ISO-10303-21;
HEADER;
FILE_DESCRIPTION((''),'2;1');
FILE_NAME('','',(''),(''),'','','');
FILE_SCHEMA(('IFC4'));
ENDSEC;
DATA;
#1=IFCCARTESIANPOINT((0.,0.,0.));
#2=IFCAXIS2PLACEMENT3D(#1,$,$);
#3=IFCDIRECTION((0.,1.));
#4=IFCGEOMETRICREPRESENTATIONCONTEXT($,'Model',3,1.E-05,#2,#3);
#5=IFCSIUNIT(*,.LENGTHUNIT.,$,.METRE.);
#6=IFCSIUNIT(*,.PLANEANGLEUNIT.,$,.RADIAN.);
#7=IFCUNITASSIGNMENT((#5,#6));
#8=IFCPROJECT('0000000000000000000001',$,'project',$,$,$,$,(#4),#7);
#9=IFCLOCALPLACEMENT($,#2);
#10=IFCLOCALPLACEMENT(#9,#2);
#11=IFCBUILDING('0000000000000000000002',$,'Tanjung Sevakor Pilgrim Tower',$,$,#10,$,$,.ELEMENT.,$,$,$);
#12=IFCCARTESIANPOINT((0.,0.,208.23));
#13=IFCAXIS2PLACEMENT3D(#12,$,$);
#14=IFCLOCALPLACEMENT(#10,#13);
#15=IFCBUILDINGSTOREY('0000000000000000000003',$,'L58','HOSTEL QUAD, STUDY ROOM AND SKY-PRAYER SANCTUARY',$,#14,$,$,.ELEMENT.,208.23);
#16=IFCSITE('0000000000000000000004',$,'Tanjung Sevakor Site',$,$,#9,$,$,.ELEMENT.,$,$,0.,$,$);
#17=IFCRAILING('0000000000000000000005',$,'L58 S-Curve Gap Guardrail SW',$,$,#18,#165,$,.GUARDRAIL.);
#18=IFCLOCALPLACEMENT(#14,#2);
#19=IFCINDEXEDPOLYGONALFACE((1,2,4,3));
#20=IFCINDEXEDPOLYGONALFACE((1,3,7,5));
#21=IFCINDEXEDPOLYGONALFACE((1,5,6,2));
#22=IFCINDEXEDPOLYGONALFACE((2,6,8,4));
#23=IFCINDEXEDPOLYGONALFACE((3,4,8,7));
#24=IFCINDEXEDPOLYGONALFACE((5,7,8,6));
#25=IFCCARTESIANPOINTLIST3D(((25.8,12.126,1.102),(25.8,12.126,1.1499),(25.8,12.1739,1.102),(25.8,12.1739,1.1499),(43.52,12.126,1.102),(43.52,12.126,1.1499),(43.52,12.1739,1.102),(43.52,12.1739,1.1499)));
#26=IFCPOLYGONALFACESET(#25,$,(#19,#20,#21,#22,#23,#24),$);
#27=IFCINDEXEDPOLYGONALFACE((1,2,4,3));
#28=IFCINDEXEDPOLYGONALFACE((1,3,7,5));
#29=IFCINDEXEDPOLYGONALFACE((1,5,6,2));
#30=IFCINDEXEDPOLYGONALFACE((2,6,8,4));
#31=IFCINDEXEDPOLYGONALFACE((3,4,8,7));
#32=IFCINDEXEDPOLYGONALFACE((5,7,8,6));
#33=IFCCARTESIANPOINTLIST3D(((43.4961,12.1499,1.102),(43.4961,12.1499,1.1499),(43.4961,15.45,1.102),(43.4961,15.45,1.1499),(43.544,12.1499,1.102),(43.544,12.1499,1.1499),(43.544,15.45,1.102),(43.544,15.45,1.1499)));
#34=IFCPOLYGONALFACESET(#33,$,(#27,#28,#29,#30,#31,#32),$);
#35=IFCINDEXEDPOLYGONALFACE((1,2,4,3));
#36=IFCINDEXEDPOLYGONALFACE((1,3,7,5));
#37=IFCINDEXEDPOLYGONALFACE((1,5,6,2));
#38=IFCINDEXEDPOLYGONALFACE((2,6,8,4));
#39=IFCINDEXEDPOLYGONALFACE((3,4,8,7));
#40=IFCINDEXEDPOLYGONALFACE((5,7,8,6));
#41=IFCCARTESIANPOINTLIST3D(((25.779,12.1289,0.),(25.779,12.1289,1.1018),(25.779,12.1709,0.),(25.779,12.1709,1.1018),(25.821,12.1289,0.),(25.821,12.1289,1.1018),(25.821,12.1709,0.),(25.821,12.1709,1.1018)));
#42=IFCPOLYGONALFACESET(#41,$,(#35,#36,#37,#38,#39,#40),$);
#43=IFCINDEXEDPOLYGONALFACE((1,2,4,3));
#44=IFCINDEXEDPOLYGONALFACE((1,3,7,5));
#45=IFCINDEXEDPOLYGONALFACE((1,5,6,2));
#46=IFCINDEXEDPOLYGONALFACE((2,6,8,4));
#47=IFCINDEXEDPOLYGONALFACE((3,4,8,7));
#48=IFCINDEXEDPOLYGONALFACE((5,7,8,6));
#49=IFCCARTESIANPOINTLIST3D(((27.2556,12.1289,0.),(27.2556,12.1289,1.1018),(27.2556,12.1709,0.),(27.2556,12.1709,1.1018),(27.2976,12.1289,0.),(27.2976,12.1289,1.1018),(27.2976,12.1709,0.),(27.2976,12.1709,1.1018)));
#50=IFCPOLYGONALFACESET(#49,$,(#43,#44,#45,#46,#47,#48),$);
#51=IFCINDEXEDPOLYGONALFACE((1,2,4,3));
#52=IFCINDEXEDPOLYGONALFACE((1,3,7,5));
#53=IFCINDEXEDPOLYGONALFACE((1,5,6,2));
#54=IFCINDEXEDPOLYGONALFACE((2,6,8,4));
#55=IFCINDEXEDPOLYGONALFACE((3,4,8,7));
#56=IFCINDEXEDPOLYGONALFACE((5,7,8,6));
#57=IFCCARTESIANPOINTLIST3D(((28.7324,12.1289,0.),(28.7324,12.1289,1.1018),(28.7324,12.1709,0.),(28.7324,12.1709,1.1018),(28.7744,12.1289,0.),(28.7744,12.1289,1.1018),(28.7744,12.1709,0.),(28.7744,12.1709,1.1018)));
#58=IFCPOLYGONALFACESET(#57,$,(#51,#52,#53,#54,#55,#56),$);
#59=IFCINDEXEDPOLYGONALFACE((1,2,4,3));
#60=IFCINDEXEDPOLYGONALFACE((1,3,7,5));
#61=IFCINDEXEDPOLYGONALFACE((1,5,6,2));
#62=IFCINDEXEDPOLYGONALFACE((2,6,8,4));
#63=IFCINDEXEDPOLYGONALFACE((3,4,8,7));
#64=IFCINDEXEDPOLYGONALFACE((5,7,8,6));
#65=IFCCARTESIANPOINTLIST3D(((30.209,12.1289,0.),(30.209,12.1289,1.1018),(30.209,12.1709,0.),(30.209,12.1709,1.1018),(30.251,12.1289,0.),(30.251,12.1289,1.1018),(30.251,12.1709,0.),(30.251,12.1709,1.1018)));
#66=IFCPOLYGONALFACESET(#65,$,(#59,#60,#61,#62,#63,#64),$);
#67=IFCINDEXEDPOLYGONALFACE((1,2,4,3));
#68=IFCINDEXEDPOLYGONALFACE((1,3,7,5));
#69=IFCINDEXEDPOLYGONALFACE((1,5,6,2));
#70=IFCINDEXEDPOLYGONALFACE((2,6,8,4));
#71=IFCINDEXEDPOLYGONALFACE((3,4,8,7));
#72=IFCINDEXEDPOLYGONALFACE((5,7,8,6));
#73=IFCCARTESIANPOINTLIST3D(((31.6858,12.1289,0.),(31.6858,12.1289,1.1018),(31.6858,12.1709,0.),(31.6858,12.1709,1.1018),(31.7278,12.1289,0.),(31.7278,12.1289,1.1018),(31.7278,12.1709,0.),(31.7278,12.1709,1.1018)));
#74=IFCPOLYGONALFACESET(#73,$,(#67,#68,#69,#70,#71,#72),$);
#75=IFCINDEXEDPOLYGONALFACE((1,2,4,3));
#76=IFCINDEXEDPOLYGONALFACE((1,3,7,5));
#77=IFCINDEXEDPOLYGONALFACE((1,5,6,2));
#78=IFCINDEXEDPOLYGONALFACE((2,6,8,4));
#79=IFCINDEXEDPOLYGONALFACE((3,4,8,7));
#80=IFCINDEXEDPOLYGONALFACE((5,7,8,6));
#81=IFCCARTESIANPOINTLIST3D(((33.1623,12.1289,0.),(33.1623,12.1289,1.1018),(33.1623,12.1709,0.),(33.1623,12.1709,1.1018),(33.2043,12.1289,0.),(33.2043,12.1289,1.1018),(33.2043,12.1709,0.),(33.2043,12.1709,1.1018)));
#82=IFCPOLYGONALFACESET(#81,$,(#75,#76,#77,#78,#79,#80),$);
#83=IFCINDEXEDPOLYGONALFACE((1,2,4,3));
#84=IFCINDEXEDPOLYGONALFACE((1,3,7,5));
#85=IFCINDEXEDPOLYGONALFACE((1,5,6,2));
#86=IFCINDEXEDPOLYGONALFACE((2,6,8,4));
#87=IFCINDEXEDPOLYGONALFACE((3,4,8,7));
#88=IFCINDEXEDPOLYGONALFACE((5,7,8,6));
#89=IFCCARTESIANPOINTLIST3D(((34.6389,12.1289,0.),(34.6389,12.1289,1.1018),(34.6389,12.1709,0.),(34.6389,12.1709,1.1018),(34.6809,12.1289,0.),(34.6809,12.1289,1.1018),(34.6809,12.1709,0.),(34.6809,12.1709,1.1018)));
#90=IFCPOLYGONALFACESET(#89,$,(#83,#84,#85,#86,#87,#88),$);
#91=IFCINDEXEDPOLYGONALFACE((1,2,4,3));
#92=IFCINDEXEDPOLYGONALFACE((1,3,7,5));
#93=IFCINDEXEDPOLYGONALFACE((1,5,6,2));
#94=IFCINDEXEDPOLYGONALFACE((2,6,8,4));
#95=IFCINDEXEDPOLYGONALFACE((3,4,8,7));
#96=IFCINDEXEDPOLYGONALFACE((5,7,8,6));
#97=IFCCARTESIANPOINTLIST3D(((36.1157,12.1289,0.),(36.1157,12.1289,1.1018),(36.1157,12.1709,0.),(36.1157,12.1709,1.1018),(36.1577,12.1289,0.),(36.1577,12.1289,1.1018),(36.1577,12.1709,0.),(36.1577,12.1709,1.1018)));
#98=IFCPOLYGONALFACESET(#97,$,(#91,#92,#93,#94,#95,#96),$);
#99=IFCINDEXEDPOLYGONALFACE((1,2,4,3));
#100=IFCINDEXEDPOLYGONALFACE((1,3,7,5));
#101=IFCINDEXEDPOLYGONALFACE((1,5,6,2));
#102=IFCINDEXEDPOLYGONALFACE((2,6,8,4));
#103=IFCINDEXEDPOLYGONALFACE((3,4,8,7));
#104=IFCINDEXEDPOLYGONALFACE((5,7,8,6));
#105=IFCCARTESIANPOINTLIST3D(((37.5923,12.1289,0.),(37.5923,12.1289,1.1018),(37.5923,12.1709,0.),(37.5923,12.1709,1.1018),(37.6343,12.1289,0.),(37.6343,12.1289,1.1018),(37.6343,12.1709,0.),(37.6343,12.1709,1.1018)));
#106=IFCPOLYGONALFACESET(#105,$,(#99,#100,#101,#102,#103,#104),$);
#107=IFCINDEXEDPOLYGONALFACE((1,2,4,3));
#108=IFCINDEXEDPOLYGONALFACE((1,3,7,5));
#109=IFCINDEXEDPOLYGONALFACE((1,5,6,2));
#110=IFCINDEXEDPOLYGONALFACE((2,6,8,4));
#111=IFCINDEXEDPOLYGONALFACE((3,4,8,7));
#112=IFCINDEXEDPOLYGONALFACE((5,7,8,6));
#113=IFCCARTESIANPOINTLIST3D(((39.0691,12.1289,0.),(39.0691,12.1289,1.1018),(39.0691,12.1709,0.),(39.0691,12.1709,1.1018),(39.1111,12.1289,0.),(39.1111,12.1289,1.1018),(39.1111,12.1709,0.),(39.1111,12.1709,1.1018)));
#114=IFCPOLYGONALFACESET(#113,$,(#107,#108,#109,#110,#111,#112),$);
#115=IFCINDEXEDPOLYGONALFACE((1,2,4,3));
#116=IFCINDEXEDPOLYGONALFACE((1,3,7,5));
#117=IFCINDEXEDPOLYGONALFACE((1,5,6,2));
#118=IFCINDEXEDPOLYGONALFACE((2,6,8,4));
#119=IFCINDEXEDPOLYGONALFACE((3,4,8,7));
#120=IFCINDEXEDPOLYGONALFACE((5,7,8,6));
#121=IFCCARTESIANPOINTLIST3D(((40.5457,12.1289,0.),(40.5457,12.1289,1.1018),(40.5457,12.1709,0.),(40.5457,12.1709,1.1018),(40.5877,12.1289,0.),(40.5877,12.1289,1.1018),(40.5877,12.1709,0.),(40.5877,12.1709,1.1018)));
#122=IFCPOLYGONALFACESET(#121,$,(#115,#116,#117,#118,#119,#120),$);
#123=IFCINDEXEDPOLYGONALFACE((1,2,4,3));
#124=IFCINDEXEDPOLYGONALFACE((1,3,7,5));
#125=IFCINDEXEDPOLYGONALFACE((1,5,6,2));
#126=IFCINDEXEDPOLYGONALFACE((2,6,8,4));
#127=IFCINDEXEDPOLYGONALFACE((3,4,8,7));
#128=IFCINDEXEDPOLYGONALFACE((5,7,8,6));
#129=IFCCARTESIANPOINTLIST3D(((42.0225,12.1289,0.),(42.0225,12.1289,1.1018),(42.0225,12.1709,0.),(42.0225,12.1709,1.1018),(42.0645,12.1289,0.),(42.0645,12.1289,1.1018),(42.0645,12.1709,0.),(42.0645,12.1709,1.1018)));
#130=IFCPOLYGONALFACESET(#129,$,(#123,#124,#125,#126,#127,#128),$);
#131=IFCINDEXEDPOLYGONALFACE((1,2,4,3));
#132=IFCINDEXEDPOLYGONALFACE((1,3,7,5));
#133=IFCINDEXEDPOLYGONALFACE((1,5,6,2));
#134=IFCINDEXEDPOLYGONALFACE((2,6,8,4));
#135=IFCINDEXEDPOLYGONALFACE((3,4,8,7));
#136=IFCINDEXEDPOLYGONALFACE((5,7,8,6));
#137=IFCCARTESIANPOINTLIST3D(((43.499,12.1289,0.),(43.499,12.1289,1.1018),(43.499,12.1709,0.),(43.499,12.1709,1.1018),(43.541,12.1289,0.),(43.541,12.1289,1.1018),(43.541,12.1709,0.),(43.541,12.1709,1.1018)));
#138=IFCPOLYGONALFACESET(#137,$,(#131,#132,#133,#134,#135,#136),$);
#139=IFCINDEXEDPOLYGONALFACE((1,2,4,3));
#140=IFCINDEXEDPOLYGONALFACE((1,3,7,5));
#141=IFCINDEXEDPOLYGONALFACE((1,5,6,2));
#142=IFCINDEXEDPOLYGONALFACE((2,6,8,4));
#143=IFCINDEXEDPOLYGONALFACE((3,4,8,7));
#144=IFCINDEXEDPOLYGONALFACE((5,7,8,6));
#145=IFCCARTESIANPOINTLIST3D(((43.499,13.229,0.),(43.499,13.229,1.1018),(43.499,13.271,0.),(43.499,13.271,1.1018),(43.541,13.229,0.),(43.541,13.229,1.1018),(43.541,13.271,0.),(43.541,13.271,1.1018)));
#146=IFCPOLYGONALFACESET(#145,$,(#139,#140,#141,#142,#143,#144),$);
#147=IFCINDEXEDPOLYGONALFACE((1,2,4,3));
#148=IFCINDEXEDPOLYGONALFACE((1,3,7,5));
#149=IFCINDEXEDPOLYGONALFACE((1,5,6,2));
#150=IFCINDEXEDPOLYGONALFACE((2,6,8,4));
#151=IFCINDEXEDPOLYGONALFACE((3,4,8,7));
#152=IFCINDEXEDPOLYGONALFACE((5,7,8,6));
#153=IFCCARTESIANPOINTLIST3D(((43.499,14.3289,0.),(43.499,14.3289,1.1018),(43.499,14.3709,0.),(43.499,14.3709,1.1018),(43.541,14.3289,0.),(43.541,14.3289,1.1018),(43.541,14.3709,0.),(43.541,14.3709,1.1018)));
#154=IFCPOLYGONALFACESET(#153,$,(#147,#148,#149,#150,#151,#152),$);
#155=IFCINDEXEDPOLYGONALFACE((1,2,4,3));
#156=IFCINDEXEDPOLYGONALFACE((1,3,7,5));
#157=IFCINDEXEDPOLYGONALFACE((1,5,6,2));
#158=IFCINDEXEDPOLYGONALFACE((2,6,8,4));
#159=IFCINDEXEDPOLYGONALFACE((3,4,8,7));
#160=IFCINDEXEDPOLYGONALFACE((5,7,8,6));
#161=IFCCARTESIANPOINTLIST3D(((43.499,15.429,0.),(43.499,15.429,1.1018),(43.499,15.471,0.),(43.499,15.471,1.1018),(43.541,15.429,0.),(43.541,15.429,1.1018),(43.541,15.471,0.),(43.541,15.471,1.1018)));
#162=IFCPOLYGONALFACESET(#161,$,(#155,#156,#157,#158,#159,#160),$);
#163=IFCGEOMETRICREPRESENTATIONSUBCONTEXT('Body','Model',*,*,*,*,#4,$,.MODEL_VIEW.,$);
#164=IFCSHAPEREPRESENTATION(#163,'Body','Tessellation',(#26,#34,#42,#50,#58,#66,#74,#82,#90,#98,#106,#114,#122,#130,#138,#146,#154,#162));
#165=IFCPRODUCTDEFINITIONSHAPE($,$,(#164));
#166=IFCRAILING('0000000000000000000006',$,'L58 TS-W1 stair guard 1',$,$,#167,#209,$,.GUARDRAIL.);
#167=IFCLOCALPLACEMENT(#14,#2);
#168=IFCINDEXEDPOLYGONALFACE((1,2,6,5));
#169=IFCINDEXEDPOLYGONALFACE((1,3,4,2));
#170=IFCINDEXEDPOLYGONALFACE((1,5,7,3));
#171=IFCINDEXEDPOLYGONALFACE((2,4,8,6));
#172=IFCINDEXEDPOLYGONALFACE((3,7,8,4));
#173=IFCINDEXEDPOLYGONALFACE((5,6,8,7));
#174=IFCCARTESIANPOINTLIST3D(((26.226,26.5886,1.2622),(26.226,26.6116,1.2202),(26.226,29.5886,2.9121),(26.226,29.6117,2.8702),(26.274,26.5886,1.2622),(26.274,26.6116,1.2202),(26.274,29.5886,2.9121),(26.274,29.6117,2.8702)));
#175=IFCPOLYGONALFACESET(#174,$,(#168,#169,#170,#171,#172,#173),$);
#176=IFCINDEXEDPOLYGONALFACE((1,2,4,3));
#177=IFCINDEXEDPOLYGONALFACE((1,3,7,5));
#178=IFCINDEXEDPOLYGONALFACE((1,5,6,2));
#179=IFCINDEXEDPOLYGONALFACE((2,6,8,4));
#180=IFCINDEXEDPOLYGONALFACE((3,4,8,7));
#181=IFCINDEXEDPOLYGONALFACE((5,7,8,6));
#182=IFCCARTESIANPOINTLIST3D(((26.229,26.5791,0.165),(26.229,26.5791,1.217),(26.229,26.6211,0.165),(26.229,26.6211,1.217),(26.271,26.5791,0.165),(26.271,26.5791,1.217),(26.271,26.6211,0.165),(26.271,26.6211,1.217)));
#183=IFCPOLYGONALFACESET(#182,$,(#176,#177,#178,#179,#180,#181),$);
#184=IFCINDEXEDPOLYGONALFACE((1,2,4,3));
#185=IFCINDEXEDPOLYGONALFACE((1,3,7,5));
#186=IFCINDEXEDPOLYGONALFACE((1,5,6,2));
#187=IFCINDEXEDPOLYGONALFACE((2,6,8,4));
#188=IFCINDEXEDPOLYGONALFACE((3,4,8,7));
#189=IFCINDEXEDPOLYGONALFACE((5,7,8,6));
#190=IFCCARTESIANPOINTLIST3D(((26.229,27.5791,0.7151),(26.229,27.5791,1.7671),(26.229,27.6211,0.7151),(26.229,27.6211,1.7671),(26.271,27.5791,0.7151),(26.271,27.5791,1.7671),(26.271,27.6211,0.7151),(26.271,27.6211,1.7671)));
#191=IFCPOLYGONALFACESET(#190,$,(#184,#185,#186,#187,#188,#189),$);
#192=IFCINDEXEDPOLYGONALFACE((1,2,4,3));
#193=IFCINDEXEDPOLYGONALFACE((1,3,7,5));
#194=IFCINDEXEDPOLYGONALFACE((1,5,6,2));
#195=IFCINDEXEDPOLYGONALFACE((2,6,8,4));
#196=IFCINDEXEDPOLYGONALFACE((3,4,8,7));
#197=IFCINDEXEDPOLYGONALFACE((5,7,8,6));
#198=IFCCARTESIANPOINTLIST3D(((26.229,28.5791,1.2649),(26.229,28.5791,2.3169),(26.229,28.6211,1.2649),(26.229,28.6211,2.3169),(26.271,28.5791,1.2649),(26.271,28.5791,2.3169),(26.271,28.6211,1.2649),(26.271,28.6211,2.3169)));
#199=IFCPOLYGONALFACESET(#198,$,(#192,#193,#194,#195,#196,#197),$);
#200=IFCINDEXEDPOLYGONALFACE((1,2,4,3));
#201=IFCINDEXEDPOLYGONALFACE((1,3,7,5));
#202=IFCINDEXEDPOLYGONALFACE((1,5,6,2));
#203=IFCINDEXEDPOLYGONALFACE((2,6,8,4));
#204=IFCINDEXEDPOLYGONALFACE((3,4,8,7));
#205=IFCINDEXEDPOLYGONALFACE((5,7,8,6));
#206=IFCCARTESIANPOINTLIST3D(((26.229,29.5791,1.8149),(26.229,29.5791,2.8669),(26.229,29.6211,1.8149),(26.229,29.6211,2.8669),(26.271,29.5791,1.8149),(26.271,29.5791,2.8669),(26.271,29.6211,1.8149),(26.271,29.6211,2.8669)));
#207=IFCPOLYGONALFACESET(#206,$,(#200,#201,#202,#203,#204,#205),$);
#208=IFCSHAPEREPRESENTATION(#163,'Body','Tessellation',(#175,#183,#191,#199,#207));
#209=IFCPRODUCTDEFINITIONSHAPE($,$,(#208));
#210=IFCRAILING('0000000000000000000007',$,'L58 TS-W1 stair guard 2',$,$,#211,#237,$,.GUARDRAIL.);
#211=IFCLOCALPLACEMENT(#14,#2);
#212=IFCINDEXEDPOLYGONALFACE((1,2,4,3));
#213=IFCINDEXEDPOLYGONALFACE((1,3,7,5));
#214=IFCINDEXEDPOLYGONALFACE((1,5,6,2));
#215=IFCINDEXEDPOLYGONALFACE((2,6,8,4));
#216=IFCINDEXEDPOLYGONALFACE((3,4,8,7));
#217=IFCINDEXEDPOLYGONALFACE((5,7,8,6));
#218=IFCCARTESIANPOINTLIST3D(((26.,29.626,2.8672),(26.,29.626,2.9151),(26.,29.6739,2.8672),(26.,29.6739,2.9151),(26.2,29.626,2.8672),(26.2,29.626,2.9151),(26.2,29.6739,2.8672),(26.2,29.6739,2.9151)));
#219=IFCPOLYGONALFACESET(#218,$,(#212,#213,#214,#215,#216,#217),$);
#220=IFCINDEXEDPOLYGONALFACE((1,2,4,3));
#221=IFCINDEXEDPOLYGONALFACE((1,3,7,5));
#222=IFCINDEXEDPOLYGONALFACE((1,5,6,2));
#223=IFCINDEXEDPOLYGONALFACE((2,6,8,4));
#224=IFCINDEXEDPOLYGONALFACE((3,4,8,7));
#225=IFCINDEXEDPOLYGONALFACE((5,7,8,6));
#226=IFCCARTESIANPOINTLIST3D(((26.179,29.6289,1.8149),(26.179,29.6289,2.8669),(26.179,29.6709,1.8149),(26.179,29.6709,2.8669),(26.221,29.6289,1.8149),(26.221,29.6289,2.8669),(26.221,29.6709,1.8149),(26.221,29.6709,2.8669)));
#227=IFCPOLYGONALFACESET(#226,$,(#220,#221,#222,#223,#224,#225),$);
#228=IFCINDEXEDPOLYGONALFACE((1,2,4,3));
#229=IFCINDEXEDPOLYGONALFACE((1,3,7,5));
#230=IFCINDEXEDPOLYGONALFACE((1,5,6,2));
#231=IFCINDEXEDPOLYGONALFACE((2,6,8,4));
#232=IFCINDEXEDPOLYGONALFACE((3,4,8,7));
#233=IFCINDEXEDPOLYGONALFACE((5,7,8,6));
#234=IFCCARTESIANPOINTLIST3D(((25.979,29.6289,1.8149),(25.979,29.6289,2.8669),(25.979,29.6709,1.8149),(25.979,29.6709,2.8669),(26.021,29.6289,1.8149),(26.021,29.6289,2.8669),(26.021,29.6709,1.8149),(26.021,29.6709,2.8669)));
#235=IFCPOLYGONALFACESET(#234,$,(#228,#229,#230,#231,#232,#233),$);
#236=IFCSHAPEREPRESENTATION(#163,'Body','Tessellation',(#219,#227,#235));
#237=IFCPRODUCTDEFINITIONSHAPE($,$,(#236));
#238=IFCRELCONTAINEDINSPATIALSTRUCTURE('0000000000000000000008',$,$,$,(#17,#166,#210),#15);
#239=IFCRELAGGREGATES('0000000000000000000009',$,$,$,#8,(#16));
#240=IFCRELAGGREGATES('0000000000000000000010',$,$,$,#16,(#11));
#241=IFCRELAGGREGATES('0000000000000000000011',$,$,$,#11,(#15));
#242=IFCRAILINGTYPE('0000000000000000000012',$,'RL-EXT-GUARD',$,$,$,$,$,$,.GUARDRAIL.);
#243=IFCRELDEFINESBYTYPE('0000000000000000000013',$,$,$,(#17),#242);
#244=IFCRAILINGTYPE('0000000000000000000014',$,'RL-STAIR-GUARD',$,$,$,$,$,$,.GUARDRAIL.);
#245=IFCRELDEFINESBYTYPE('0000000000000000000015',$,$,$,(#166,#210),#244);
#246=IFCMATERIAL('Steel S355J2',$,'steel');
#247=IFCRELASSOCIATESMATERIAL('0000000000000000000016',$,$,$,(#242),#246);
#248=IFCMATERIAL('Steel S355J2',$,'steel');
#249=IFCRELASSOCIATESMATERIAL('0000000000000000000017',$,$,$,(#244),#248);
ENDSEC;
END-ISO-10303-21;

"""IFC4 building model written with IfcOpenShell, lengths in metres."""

from ifc_helpers import new_model, si_unit, direction, frame, origin, place, context, subcontext, project, spatial, rectangle, extrude, material, type_object, element, save


model = new_model("IFC4")

# Units and contexts
model_context = context("Model", 3, precision=1e-05, world=origin(), true_north=direction((0.0, 1.0)))
body_context = subcontext(model_context, "Body", "Model", "MODEL_VIEW")
ifc_project = project(units=[si_unit("LENGTHUNIT", "METRE"), si_unit("PLANEANGLEUNIT", "RADIAN")], contexts=[model_context])

# Site, building, storey
site_placement = place(None, origin())
site = spatial("IfcSite", under=ifc_project, at=site_placement, Name="Tanjung Sevakor Site", CompositionType="ELEMENT", RefElevation=0.0)
building_placement = place(site_placement, origin())
building = spatial("IfcBuilding", under=site, at=building_placement, Name="Tanjung Sevakor Pilgrim Tower", CompositionType="ELEMENT")
storey_placement = place(building_placement, frame((0.0, 0.0, 208.23)))
storey = spatial("IfcBuildingStorey", under=building, at=storey_placement, Name="L58", Description="HOSTEL QUAD, STUDY ROOM AND SKY-PRAYER SANCTUARY", CompositionType="ELEMENT", Elevation=208.23)

# Railings
ifc_material_1 = material(Name="Steel S355J2", Category="steel")
railing_type_1 = type_object("IfcRailingType", Name="RL-EXT-GUARD", PredefinedType="GUARDRAIL", material=ifc_material_1)
railing_1_placement = place(storey_placement, frame((25.8, 12.1499, 0.0)))
element("IfcRailing", 1, at=railing_1_placement, inside=storey, type_object=railing_type_1, Name="L58 S-Curve Gap Guardrail SW", PredefinedType="GUARDRAIL", context=body_context, shape_type="SweptSolid", body=[
    extrude(rectangle(XDim=0.0479, YDim=0.0479), frame((0.0, 0.0, 1.126), z_axis=(1.0, 0.0, 0.0), x_axis=(0.0, 1.0, 0.0)), (0.0, 0.0, 1.0), 17.72),
    extrude(rectangle(XDim=0.0479, YDim=0.0479), frame((17.72, 0.0, 1.126), z_axis=(0.0, 1.0, 0.0), x_axis=(-1.0, 0.0, 0.0)), (0.0, 0.0, 1.0), 3.3),
    extrude(rectangle(XDim=0.042, YDim=0.042), origin(), (0.0, 0.0, 1.0), 1.1018),
    extrude(rectangle(XDim=0.042, YDim=0.042), frame((1.4766, 0.0, 0.0)), (0.0, 0.0, 1.0), 1.1018),
    extrude(rectangle(XDim=0.042, YDim=0.042), frame((2.9534, 0.0, 0.0)), (0.0, 0.0, 1.0), 1.1018),
    extrude(rectangle(XDim=0.042, YDim=0.042), frame((4.4299, 0.0, 0.0)), (0.0, 0.0, 1.0), 1.1018),
    extrude(rectangle(XDim=0.042, YDim=0.042), frame((5.9067, 0.0, 0.0)), (0.0, 0.0, 1.0), 1.1018),
    extrude(rectangle(XDim=0.042, YDim=0.042), frame((7.3833, 0.0, 0.0)), (0.0, 0.0, 1.0), 1.1018),
    extrude(rectangle(XDim=0.042, YDim=0.042), frame((8.8599, 0.0, 0.0)), (0.0, 0.0, 1.0), 1.1018),
    extrude(rectangle(XDim=0.042, YDim=0.042), frame((10.3367, 0.0, 0.0)), (0.0, 0.0, 1.0), 1.1018),
    extrude(rectangle(XDim=0.042, YDim=0.042), frame((11.8132, 0.0, 0.0)), (0.0, 0.0, 1.0), 1.1018),
    extrude(rectangle(XDim=0.042, YDim=0.042), frame((13.29, 0.0, 0.0)), (0.0, 0.0, 1.0), 1.1018),
    extrude(rectangle(XDim=0.042, YDim=0.042), frame((14.7666, 0.0, 0.0)), (0.0, 0.0, 1.0), 1.1018),
    extrude(rectangle(XDim=0.042, YDim=0.042), frame((16.2434, 0.0, 0.0)), (0.0, 0.0, 1.0), 1.1018),
    extrude(rectangle(XDim=0.042, YDim=0.042), frame((17.72, 0.0, 0.0)), (0.0, 0.0, 1.0), 1.1018),
    extrude(rectangle(XDim=0.042, YDim=0.042), frame((17.72, 1.1001, 0.0)), (0.0, 0.0, 1.0), 1.1018),
    extrude(rectangle(XDim=0.042, YDim=0.042), frame((17.72, 2.2, 0.0)), (0.0, 0.0, 1.0), 1.1018),
    extrude(rectangle(XDim=0.042, YDim=0.042), frame((17.72, 3.3, 0.0)), (0.0, 0.0, 1.0), 1.1018),
])
ifc_material_2 = material(Name="Steel S355J2", Category="steel")
railing_type_2 = type_object("IfcRailingType", Name="RL-STAIR-GUARD", PredefinedType="GUARDRAIL", material=ifc_material_2)
railing_2_placement = place(storey_placement, frame((26.25, 26.6001, 0.165)))
element("IfcRailing", 2, at=railing_2_placement, inside=storey, type_object=railing_type_2, Name="L58 TS-W1 stair guard 1", PredefinedType="GUARDRAIL", context=body_context, shape_type="SweptSolid", body=[
    extrude(rectangle(XDim=0.0479, YDim=0.0479), frame((0.0, 0.0, 1.0762), z_axis=(0.0, 0.876228, 0.481897), x_axis=(-1.0, 0.0, 0.0)), (0.0, 0.0, 1.0), 3.4238),
    extrude(rectangle(XDim=0.042, YDim=0.042), origin(), (0.0, 0.0, 1.0), 1.052),
    extrude(rectangle(XDim=0.042, YDim=0.042), frame((0.0, 1.0, 0.55)), (0.0, 0.0, 1.0), 1.052),
    extrude(rectangle(XDim=0.042, YDim=0.042), frame((0.0, 2.0, 1.0999)), (0.0, 0.0, 1.0), 1.052),
    extrude(rectangle(XDim=0.042, YDim=0.042), frame((0.0, 3.0, 1.6499)), (0.0, 0.0, 1.0), 1.052),
])
railing_3_placement = place(storey_placement, frame((26.2, 29.6499, 1.8149)))
element("IfcRailing", 3, at=railing_3_placement, inside=storey, type_object=railing_type_2, Name="L58 TS-W1 stair guard 2", PredefinedType="GUARDRAIL", context=body_context, shape_type="SweptSolid", body=[
    extrude(rectangle(XDim=0.0479, YDim=0.0479), frame((0.0, 0.0, 1.0762), z_axis=(-1.0, 0.0, 0.0), x_axis=(0.0, -1.0, 0.0)), (0.0, 0.0, 1.0), 0.2),
    extrude(rectangle(XDim=0.042, YDim=0.042), origin(), (0.0, 0.0, 1.0), 1.052),
    extrude(rectangle(XDim=0.042, YDim=0.042), frame((-0.2, 0.0, 0.0)), (0.0, 0.0, 1.0), 1.052),
])

save(model, "model.ifc")
